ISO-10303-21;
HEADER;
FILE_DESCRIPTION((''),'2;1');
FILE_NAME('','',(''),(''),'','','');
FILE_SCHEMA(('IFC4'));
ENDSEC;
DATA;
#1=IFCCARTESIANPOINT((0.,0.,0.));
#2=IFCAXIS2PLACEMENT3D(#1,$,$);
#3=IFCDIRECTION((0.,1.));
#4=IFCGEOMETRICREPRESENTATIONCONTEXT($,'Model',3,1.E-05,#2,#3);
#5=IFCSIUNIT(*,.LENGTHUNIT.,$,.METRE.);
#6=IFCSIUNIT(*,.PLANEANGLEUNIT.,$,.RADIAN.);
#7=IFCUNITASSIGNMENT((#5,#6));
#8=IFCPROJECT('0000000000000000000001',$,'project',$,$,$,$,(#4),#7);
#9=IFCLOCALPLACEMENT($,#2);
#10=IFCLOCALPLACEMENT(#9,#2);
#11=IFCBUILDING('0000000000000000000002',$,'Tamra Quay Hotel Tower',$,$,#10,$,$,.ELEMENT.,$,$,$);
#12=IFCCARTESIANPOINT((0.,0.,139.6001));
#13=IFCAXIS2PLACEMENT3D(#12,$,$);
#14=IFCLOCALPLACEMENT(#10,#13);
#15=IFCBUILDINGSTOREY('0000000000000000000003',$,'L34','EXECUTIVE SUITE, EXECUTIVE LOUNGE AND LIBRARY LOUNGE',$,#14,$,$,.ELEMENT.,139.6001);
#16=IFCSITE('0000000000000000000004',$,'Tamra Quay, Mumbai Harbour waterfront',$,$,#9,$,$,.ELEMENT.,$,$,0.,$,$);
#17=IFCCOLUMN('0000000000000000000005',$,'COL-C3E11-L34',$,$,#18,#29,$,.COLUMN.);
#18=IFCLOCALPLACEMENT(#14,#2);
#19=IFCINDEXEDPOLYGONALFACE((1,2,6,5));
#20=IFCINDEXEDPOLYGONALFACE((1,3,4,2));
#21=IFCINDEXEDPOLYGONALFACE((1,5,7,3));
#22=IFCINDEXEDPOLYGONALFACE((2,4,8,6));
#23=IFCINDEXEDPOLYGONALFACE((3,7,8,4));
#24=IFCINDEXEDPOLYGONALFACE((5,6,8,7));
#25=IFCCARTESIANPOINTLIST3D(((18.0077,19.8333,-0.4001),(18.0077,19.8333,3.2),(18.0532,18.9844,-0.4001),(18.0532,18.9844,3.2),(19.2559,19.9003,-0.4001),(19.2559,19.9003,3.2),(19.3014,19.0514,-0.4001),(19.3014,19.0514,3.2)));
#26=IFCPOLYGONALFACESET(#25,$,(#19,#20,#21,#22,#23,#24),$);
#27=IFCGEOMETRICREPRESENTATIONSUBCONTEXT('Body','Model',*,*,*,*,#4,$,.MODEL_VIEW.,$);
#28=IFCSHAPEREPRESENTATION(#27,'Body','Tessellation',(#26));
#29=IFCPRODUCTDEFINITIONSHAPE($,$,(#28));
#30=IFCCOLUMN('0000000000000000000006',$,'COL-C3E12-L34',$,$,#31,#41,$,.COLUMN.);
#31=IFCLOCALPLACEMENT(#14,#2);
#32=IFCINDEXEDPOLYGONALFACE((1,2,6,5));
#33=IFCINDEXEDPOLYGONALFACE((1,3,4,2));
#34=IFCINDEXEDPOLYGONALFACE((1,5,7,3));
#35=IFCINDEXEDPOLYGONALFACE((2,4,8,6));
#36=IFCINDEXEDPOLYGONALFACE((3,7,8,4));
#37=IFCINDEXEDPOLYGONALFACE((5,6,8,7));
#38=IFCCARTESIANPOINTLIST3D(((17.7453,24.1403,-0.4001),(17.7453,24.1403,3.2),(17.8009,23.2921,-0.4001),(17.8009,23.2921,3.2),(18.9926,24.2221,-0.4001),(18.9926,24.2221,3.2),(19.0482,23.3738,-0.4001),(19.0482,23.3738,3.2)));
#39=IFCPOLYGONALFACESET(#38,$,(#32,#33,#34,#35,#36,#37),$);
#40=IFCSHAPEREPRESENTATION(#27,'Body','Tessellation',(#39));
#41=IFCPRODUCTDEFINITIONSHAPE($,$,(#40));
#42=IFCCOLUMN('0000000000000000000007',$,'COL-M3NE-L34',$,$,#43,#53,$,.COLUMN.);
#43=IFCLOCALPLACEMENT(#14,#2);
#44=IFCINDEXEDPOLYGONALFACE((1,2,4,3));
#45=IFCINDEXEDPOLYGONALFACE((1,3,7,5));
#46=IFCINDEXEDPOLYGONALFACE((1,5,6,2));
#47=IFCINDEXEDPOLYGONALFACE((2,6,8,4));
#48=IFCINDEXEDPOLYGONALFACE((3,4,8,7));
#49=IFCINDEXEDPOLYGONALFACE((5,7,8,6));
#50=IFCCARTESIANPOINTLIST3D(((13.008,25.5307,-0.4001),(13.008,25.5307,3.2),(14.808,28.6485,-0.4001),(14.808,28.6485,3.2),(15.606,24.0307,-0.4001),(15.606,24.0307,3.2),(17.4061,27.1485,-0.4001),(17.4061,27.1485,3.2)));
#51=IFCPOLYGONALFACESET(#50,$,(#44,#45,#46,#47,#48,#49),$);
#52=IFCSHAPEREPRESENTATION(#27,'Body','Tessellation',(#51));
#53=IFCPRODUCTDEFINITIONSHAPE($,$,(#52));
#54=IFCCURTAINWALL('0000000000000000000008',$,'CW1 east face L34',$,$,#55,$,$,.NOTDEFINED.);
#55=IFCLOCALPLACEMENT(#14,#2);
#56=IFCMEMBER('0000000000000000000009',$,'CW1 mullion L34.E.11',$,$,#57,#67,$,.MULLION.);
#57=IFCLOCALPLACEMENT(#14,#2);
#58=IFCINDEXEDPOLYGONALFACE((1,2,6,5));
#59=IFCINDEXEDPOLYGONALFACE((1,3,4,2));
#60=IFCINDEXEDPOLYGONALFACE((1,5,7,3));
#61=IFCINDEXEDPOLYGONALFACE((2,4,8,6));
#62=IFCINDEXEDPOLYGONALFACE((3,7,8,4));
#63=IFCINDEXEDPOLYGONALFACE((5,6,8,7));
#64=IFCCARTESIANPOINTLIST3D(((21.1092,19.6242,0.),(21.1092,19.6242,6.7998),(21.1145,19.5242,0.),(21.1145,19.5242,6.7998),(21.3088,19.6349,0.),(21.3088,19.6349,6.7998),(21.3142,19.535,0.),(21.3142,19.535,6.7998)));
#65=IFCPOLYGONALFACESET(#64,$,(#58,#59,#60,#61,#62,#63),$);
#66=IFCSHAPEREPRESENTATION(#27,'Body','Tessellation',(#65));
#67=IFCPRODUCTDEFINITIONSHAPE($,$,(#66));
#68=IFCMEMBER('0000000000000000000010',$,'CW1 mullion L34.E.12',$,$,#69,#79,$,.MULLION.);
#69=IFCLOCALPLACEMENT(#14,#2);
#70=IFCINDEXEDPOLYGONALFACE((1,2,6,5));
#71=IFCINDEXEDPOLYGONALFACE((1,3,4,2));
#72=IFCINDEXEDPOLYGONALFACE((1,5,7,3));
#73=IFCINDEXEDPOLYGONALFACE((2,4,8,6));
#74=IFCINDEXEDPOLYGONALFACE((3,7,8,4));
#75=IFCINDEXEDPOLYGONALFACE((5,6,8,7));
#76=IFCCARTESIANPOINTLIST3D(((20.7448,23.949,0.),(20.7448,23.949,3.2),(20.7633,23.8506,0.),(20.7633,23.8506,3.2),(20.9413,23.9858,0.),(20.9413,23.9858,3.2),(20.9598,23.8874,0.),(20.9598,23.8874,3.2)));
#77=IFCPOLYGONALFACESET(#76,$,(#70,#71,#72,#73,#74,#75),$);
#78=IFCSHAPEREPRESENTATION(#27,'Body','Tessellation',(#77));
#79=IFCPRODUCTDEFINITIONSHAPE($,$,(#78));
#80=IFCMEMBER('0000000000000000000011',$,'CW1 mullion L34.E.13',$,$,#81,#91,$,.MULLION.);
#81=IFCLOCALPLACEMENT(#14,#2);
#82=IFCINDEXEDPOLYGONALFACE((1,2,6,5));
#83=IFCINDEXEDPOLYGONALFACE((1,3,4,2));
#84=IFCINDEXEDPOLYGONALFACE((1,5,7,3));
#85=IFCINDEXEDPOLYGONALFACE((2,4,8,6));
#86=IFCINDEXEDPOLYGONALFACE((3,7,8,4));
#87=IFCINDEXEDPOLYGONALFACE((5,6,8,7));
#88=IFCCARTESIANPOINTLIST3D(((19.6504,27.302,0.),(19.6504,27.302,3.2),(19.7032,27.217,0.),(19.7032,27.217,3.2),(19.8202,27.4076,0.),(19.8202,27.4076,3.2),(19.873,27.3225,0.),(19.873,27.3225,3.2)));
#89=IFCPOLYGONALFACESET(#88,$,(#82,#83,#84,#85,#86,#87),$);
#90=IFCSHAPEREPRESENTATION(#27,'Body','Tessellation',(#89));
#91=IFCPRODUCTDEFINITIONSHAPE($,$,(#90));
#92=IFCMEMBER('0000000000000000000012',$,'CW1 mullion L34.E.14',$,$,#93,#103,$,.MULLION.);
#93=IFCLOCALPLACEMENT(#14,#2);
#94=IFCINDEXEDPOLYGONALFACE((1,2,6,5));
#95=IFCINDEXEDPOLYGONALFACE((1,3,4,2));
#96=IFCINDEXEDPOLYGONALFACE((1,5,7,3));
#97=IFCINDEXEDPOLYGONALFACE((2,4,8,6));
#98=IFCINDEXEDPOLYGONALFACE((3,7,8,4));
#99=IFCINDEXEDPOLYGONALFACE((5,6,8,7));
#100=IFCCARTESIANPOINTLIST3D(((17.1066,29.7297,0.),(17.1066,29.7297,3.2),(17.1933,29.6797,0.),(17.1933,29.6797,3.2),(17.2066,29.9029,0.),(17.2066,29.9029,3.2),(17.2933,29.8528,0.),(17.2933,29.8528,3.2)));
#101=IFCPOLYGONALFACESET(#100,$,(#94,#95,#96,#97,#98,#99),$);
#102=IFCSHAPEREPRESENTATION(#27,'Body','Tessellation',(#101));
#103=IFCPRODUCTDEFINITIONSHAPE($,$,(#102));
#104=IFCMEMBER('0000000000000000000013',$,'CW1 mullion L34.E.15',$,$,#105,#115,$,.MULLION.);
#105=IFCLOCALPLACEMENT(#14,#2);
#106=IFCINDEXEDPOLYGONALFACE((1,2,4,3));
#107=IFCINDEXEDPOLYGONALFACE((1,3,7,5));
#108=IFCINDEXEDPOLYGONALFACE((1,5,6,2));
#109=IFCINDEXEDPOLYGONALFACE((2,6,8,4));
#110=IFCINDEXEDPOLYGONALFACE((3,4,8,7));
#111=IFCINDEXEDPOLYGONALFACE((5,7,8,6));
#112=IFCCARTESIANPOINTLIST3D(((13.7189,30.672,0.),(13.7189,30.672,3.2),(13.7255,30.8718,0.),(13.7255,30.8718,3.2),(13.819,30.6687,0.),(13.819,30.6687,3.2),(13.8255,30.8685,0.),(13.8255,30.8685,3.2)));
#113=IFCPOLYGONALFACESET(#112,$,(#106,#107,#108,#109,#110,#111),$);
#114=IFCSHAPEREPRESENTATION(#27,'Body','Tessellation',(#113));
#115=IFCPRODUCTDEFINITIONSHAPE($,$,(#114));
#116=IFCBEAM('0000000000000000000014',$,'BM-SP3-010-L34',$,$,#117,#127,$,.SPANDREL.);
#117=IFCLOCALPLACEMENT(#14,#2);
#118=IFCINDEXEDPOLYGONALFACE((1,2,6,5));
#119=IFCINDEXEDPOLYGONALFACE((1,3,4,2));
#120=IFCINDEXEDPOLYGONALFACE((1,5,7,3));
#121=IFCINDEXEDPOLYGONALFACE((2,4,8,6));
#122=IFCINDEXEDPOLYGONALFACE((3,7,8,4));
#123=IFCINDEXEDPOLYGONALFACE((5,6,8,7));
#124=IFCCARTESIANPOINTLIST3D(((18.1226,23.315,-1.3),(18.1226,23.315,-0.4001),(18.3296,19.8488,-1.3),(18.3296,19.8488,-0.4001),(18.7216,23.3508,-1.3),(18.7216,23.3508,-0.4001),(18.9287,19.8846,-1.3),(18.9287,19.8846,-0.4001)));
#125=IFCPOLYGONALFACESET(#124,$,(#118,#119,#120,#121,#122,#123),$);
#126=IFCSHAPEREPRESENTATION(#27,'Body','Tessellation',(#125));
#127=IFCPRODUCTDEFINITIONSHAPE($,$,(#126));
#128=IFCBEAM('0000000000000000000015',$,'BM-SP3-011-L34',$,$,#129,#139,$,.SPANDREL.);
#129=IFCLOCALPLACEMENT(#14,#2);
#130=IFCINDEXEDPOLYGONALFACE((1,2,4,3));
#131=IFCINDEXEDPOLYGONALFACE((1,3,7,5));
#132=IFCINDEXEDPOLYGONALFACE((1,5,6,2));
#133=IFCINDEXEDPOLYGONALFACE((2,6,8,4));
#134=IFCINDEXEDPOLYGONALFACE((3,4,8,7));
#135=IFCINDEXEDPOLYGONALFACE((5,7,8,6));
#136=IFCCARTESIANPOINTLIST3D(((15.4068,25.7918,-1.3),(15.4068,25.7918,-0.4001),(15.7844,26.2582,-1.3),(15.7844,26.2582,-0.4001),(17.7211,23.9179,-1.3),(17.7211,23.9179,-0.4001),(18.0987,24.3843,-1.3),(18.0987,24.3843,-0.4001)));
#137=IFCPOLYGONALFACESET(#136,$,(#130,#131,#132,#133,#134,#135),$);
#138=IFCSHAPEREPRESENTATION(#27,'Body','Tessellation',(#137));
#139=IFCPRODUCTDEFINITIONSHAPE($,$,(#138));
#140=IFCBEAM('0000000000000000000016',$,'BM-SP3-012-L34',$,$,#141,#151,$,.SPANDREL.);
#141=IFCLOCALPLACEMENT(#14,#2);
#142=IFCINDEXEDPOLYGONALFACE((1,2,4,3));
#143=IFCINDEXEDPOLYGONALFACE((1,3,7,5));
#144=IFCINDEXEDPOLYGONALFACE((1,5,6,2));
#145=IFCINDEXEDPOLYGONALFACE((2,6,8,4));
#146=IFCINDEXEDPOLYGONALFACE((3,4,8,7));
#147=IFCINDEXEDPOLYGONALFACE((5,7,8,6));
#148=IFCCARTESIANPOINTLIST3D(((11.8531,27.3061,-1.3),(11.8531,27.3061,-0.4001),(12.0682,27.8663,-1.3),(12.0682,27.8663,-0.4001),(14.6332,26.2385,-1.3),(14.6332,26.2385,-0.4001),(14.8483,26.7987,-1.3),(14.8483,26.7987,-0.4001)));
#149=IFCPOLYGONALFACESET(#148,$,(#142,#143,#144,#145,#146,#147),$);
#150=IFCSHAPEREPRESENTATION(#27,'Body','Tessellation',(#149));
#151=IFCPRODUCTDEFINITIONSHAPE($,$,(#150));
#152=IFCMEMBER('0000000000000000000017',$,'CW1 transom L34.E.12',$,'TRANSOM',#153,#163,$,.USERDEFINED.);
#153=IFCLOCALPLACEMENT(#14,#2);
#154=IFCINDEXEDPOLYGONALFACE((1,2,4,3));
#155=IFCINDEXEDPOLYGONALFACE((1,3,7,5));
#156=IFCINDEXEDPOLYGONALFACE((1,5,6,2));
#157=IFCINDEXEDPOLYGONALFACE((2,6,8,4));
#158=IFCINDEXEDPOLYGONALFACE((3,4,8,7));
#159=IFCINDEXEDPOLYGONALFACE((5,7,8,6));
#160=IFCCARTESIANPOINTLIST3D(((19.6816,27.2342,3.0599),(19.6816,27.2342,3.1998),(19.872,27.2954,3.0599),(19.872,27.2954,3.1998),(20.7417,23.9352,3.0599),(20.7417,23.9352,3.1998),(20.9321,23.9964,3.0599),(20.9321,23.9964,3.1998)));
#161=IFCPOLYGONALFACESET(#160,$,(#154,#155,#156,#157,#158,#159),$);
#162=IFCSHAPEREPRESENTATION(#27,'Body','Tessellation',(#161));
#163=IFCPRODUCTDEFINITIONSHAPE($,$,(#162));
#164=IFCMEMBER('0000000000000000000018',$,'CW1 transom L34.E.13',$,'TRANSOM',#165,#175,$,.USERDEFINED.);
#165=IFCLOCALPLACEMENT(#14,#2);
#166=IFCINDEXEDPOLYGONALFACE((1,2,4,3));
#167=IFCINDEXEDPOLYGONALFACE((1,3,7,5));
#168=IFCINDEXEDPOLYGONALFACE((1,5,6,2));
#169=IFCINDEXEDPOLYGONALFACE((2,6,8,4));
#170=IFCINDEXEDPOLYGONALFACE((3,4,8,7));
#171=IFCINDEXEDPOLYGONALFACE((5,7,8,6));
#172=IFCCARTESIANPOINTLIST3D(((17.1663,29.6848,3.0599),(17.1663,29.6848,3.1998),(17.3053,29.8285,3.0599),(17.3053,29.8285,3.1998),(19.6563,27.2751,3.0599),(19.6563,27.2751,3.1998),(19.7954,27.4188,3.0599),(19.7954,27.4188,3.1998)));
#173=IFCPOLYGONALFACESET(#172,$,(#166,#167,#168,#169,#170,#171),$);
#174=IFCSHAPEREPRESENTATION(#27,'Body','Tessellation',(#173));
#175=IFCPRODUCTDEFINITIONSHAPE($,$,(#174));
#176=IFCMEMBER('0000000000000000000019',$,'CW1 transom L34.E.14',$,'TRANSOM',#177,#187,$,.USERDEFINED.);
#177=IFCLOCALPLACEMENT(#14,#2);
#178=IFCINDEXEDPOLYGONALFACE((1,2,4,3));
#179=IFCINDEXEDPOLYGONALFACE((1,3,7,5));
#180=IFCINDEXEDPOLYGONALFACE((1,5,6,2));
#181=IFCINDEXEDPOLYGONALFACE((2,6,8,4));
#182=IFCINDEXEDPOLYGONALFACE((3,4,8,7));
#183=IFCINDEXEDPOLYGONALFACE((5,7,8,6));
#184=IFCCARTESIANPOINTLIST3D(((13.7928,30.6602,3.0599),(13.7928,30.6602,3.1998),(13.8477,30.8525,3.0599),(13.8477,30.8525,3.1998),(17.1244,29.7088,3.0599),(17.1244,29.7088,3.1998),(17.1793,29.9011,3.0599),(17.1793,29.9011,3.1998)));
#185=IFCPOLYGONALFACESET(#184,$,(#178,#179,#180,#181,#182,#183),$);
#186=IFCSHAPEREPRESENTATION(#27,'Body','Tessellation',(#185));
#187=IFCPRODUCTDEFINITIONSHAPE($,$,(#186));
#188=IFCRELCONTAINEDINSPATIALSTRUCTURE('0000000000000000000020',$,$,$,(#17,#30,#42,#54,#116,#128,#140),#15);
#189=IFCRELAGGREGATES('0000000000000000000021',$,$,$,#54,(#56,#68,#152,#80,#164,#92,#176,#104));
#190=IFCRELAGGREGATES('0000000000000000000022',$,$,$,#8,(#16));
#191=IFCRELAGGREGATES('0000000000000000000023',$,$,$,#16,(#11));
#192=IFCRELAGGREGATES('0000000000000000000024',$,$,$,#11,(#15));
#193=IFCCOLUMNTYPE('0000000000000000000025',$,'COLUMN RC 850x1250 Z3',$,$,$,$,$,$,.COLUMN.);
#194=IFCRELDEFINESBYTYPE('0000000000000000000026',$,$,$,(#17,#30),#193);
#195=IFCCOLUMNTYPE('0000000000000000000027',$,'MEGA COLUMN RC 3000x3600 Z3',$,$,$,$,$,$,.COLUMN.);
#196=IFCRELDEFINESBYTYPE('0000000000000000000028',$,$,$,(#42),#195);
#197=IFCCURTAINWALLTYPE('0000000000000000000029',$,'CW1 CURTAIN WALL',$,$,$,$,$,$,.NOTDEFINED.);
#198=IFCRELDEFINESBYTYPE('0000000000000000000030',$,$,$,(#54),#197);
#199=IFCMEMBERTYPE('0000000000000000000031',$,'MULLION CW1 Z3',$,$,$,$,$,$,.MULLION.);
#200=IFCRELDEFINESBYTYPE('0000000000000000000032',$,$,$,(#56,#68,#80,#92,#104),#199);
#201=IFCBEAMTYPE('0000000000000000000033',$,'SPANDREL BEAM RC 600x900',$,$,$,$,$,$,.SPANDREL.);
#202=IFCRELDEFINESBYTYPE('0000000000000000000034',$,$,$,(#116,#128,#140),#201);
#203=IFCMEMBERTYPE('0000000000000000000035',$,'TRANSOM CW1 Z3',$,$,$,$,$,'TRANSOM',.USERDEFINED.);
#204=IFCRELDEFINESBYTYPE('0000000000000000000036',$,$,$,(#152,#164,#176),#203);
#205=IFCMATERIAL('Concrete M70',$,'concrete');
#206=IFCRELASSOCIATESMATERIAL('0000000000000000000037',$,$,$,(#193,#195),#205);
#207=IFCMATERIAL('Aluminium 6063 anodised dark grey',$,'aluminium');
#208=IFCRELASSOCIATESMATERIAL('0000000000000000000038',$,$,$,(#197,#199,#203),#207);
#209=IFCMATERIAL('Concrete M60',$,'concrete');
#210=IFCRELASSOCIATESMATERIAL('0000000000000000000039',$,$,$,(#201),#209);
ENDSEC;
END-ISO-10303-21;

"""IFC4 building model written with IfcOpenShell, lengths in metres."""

from ifc_helpers import new_model, si_unit, direction, frame, origin, origin_2d, place, context, subcontext, project, spatial, rectangle, extrude, material, material_profile, profile_set, type_object, element, aggregate, save


model = new_model("IFC4")

# Units and contexts
model_context = context("Model", 3, precision=1e-05, world=origin(), true_north=direction((0.0, 1.0)))
body_context = subcontext(model_context, "Body", "Model", "MODEL_VIEW")
ifc_project = project(units=[si_unit("LENGTHUNIT", "METRE"), si_unit("PLANEANGLEUNIT", "RADIAN")], contexts=[model_context])

# Site, building, storey
site_placement = place(None, origin())
site = spatial("IfcSite", under=ifc_project, at=site_placement, Name="Tamra Quay, Mumbai Harbour waterfront", CompositionType="ELEMENT", RefElevation=0.0)
building_placement = place(site_placement, origin())
building = spatial("IfcBuilding", under=site, at=building_placement, Name="Tamra Quay Hotel Tower", CompositionType="ELEMENT")
storey_placement = place(building_placement, frame((0.0, 0.0, 139.6001)))
storey = spatial("IfcBuildingStorey", under=building, at=storey_placement, Name="L34", Description="EXECUTIVE SUITE, EXECUTIVE LOUNGE AND LIBRARY LOUNGE", CompositionType="ELEMENT", Elevation=139.6001)

# Columns
ifc_material_1 = material(Name="Concrete M70", Category="concrete")
ifc_material_profile_1 = material_profile(ifc_material_1, rectangle(XDim=1.25, YDim=0.8501, at=origin_2d()), Name="COLUMN RC 850x1250 Z3")
ifc_profile_set_1 = profile_set([ifc_material_profile_1], Name="Concrete M70")
column_type_1 = type_object("IfcColumnType", Name="COLUMN RC 850x1250 Z3", PredefinedType="COLUMN", material=ifc_profile_set_1)
for number, where, z_axis, x_axis, name in (
    (1, (18.6545, 19.4424, -0.4001), (0.0, 0.0, 1.0), (0.998562, 0.053603, 0.0), "COL-C3E11-L34"),
    (2, (18.3967, 23.7571, -0.4001), (0.0, 0.0, 1.0), (0.997858, 0.065419, 0.0), "COL-C3E12-L34"),
):
    element("IfcColumn", number, at=place(storey_placement, frame(where, z_axis=z_axis, x_axis=x_axis)), inside=storey, type_object=column_type_1, Name=name, PredefinedType="COLUMN", context=body_context, shape_type="SweptSolid", body=[
        extrude(rectangle(XDim=1.25, YDim=0.8501, at=origin_2d()), origin(), (0.0, 0.0, 1.0), 3.6001),
    ])
ifc_material_profile_2 = material_profile(ifc_material_1, rectangle(XDim=3.6001, YDim=3.0, at=origin_2d()), Name="MEGA COLUMN RC 3000x3600 Z3")
ifc_profile_set_2 = profile_set([ifc_material_profile_2], Name="Concrete M70")
column_type_2 = type_object("IfcColumnType", Name="MEGA COLUMN RC 3000x3600 Z3", PredefinedType="COLUMN", material=ifc_profile_set_2)
column_placement = place(storey_placement, frame((15.207, 26.3396, -0.4001), z_axis=(0.0, 0.0, 1.0), x_axis=(0.5, 0.866025, 0.0)))
element("IfcColumn", 3, at=column_placement, inside=storey, type_object=column_type_2, Name="COL-M3NE-L34", PredefinedType="COLUMN", context=body_context, shape_type="SweptSolid", body=[
    extrude(rectangle(XDim=3.6001, YDim=3.0, at=origin_2d()), origin(), (0.0, 0.0, 1.0), 3.6001),
])

# Curtain wall, members
ifc_material_2 = material(Name="Aluminium 6063 anodised dark grey", Category="aluminium")
curtain_wall_type = type_object("IfcCurtainWallType", Name="CW1 CURTAIN WALL", PredefinedType="NOTDEFINED", material=ifc_material_2)
curtain_wall_placement = place(storey_placement, origin())
curtain_wall = element("IfcCurtainWall", 4, at=curtain_wall_placement, inside=storey, type_object=curtain_wall_type, Name="CW1 east face L34", PredefinedType="NOTDEFINED")
ifc_material_profile_3 = material_profile(ifc_material_2, rectangle(XDim=0.2, YDim=0.1001, at=origin_2d()), Name="MULLION 100X200")
ifc_profile_set_3 = profile_set([ifc_material_profile_3], Name="Aluminium 6063 anodised dark grey")
member_type_1 = type_object("IfcMemberType", Name="MULLION CW1 Z3", PredefinedType="MULLION", material=ifc_profile_set_3)
member_1_placement = place(storey_placement, frame((21.2117, 19.5796, 0.0), z_axis=(0.0, 0.0, 1.0), x_axis=(0.998557, 0.053695, 0.0)))
member_1 = element("IfcMember", 5, at=member_1_placement, type_object=member_type_1, Name="CW1 mullion L34.E.11", PredefinedType="MULLION", context=body_context, shape_type="SweptSolid", body=[
    extrude(rectangle(XDim=0.2, YDim=0.1001, at=origin_2d()), origin(), (0.0, 0.0, 1.0), 6.7998),
])
member_2_placement = place(storey_placement, frame((20.8523, 23.9182, 0.0), z_axis=(0.0, 0.0, 1.0), x_axis=(0.982883, 0.18423, 0.0)))
member_2 = element("IfcMember", 6, at=member_2_placement, type_object=member_type_1, Name="CW1 mullion L34.E.12", PredefinedType="MULLION", context=body_context, shape_type="SweptSolid", body=[
    extrude(rectangle(XDim=0.2, YDim=0.1001, at=origin_2d()), origin(), (0.0, 0.0, 1.0), 3.2),
])
member_3_placement = place(storey_placement, frame((19.7617, 27.3123, 0.0), z_axis=(0.0, 0.0, 1.0), x_axis=(0.849198, 0.528075, 0.0)))
member_3 = element("IfcMember", 7, at=member_3_placement, type_object=member_type_1, Name="CW1 mullion L34.E.13", PredefinedType="MULLION", context=body_context, shape_type="SweptSolid", body=[
    extrude(rectangle(XDim=0.2, YDim=0.1001, at=origin_2d()), origin(), (0.0, 0.0, 1.0), 3.2),
])
member_4_placement = place(storey_placement, frame((17.2, 29.7913, 0.0), z_axis=(0.0, 0.0, 1.0), x_axis=(0.5, 0.866025, 0.0)))
member_4 = element("IfcMember", 8, at=member_4_placement, type_object=member_type_1, Name="CW1 mullion L34.E.14", PredefinedType="MULLION", context=body_context, shape_type="SweptSolid", body=[
    extrude(rectangle(XDim=0.2, YDim=0.1001, at=origin_2d()), origin(), (0.0, 0.0, 1.0), 3.2),
])
member_5_placement = place(storey_placement, frame((13.7722, 30.7703, 0.0), z_axis=(0.0, 0.0, 1.0), x_axis=(0.032727, 0.999464, 0.0)))
member_5 = element("IfcMember", 9, at=member_5_placement, type_object=member_type_1, Name="CW1 mullion L34.E.15", PredefinedType="MULLION", context=body_context, shape_type="SweptSolid", body=[
    extrude(rectangle(XDim=0.2, YDim=0.1001, at=origin_2d()), origin(), (0.0, 0.0, 1.0), 3.2),
])

# Beams
ifc_material_3 = material(Name="Concrete M60", Category="concrete")
ifc_material_profile_4 = material_profile(ifc_material_3, rectangle(XDim=0.6001, YDim=0.8999, at=origin_2d()), Name="SPANDREL BEAM RC 600x900")
ifc_profile_set_4 = profile_set([ifc_material_profile_4], Name="Concrete M60")
beam_type = type_object("IfcBeamType", Name="SPANDREL BEAM RC 600x900", PredefinedType="SPANDREL", material=ifc_profile_set_4)
beam_1_placement = place(storey_placement, frame((18.6292, 19.8667, -0.8501), z_axis=(-0.05962, 0.998221, 0.0), x_axis=(-0.998221, -0.05962, 0.0)))
element("IfcBeam", 10, at=beam_1_placement, inside=storey, type_object=beam_type, Name="BM-SP3-010-L34", PredefinedType="SPANDREL", context=body_context, shape_type="SweptSolid", body=[
    extrude(rectangle(XDim=0.6001, YDim=0.8999, at=origin_2d()), origin(), (0.0, 0.0, 1.0), 3.4724),
])
beam_2_placement = place(storey_placement, frame((17.9099, 24.1511, -0.8501), z_axis=(-0.777184, 0.629274, 0.0), x_axis=(-0.629274, -0.777184, 0.0)))
element("IfcBeam", 11, at=beam_2_placement, inside=storey, type_object=beam_type, Name="BM-SP3-011-L34", PredefinedType="SPANDREL", context=body_context, shape_type="SweptSolid", body=[
    extrude(rectangle(XDim=0.6001, YDim=0.8999, at=origin_2d()), origin(), (0.0, 0.0, 1.0), 2.9778),
])
beam_3_placement = place(storey_placement, frame((14.7407, 26.5186, -0.8501), z_axis=(-0.933527, 0.358507, 0.0), x_axis=(-0.358507, -0.933527, 0.0)))
element("IfcBeam", 12, at=beam_3_placement, inside=storey, type_object=beam_type, Name="BM-SP3-012-L34", PredefinedType="SPANDREL", context=body_context, shape_type="SweptSolid", body=[
    extrude(rectangle(XDim=0.6001, YDim=0.8999, at=origin_2d()), origin(), (0.0, 0.0, 1.0), 2.978),
])

# Members
ifc_material_profile_5 = material_profile(ifc_material_2, rectangle(XDim=0.2, YDim=0.1399, at=origin_2d()), Name="TRANSOM 200X140")
ifc_profile_set_5 = profile_set([ifc_material_profile_5], Name="Aluminium 6063 anodised dark grey")
member_type_2 = type_object("IfcMemberType", Name="TRANSOM CW1 Z3", ElementType="TRANSOM", PredefinedType="USERDEFINED", material=ifc_profile_set_5)
member_6_placement = place(storey_placement, frame((20.8369, 23.9658, 3.1299), z_axis=(-0.305936, 0.952052, 0.0), x_axis=(-0.952052, -0.305936, 0.0)))
member_6 = element("IfcMember", 13, at=member_6_placement, type_object=member_type_2, Name="CW1 transom L34.E.12", ObjectType="TRANSOM", PredefinedType="USERDEFINED", context=body_context, shape_type="SweptSolid", body=[
    extrude(rectangle(XDim=0.2, YDim=0.1399, at=origin_2d()), origin(), (0.0, 0.0, 1.0), 3.4651),
])
member_7_placement = place(storey_placement, frame((19.7258, 27.3469, 3.1299), z_axis=(-0.718602, 0.695421, 0.0), x_axis=(-0.695421, -0.718602, 0.0)))
member_7 = element("IfcMember", 14, at=member_7_placement, type_object=member_type_2, Name="CW1 transom L34.E.13", ObjectType="TRANSOM", PredefinedType="USERDEFINED", context=body_context, shape_type="SweptSolid", body=[
    extrude(rectangle(XDim=0.2, YDim=0.1399, at=origin_2d()), origin(), (0.0, 0.0, 1.0), 3.4651),
])
member_8_placement = place(storey_placement, frame((17.1519, 29.8049, 3.1299), z_axis=(-0.961559, 0.2746, 0.0), x_axis=(-0.2746, -0.961559, 0.0)))
member_8 = element("IfcMember", 15, at=member_8_placement, type_object=member_type_2, Name="CW1 transom L34.E.14", ObjectType="TRANSOM", PredefinedType="USERDEFINED", context=body_context, shape_type="SweptSolid", body=[
    extrude(rectangle(XDim=0.2, YDim=0.1399, at=origin_2d()), origin(), (0.0, 0.0, 1.0), 3.4648),
])

aggregate(curtain_wall, [member_1, member_2, member_6, member_3, member_7, member_4, member_8, member_5])

save(model, "model.ifc")
